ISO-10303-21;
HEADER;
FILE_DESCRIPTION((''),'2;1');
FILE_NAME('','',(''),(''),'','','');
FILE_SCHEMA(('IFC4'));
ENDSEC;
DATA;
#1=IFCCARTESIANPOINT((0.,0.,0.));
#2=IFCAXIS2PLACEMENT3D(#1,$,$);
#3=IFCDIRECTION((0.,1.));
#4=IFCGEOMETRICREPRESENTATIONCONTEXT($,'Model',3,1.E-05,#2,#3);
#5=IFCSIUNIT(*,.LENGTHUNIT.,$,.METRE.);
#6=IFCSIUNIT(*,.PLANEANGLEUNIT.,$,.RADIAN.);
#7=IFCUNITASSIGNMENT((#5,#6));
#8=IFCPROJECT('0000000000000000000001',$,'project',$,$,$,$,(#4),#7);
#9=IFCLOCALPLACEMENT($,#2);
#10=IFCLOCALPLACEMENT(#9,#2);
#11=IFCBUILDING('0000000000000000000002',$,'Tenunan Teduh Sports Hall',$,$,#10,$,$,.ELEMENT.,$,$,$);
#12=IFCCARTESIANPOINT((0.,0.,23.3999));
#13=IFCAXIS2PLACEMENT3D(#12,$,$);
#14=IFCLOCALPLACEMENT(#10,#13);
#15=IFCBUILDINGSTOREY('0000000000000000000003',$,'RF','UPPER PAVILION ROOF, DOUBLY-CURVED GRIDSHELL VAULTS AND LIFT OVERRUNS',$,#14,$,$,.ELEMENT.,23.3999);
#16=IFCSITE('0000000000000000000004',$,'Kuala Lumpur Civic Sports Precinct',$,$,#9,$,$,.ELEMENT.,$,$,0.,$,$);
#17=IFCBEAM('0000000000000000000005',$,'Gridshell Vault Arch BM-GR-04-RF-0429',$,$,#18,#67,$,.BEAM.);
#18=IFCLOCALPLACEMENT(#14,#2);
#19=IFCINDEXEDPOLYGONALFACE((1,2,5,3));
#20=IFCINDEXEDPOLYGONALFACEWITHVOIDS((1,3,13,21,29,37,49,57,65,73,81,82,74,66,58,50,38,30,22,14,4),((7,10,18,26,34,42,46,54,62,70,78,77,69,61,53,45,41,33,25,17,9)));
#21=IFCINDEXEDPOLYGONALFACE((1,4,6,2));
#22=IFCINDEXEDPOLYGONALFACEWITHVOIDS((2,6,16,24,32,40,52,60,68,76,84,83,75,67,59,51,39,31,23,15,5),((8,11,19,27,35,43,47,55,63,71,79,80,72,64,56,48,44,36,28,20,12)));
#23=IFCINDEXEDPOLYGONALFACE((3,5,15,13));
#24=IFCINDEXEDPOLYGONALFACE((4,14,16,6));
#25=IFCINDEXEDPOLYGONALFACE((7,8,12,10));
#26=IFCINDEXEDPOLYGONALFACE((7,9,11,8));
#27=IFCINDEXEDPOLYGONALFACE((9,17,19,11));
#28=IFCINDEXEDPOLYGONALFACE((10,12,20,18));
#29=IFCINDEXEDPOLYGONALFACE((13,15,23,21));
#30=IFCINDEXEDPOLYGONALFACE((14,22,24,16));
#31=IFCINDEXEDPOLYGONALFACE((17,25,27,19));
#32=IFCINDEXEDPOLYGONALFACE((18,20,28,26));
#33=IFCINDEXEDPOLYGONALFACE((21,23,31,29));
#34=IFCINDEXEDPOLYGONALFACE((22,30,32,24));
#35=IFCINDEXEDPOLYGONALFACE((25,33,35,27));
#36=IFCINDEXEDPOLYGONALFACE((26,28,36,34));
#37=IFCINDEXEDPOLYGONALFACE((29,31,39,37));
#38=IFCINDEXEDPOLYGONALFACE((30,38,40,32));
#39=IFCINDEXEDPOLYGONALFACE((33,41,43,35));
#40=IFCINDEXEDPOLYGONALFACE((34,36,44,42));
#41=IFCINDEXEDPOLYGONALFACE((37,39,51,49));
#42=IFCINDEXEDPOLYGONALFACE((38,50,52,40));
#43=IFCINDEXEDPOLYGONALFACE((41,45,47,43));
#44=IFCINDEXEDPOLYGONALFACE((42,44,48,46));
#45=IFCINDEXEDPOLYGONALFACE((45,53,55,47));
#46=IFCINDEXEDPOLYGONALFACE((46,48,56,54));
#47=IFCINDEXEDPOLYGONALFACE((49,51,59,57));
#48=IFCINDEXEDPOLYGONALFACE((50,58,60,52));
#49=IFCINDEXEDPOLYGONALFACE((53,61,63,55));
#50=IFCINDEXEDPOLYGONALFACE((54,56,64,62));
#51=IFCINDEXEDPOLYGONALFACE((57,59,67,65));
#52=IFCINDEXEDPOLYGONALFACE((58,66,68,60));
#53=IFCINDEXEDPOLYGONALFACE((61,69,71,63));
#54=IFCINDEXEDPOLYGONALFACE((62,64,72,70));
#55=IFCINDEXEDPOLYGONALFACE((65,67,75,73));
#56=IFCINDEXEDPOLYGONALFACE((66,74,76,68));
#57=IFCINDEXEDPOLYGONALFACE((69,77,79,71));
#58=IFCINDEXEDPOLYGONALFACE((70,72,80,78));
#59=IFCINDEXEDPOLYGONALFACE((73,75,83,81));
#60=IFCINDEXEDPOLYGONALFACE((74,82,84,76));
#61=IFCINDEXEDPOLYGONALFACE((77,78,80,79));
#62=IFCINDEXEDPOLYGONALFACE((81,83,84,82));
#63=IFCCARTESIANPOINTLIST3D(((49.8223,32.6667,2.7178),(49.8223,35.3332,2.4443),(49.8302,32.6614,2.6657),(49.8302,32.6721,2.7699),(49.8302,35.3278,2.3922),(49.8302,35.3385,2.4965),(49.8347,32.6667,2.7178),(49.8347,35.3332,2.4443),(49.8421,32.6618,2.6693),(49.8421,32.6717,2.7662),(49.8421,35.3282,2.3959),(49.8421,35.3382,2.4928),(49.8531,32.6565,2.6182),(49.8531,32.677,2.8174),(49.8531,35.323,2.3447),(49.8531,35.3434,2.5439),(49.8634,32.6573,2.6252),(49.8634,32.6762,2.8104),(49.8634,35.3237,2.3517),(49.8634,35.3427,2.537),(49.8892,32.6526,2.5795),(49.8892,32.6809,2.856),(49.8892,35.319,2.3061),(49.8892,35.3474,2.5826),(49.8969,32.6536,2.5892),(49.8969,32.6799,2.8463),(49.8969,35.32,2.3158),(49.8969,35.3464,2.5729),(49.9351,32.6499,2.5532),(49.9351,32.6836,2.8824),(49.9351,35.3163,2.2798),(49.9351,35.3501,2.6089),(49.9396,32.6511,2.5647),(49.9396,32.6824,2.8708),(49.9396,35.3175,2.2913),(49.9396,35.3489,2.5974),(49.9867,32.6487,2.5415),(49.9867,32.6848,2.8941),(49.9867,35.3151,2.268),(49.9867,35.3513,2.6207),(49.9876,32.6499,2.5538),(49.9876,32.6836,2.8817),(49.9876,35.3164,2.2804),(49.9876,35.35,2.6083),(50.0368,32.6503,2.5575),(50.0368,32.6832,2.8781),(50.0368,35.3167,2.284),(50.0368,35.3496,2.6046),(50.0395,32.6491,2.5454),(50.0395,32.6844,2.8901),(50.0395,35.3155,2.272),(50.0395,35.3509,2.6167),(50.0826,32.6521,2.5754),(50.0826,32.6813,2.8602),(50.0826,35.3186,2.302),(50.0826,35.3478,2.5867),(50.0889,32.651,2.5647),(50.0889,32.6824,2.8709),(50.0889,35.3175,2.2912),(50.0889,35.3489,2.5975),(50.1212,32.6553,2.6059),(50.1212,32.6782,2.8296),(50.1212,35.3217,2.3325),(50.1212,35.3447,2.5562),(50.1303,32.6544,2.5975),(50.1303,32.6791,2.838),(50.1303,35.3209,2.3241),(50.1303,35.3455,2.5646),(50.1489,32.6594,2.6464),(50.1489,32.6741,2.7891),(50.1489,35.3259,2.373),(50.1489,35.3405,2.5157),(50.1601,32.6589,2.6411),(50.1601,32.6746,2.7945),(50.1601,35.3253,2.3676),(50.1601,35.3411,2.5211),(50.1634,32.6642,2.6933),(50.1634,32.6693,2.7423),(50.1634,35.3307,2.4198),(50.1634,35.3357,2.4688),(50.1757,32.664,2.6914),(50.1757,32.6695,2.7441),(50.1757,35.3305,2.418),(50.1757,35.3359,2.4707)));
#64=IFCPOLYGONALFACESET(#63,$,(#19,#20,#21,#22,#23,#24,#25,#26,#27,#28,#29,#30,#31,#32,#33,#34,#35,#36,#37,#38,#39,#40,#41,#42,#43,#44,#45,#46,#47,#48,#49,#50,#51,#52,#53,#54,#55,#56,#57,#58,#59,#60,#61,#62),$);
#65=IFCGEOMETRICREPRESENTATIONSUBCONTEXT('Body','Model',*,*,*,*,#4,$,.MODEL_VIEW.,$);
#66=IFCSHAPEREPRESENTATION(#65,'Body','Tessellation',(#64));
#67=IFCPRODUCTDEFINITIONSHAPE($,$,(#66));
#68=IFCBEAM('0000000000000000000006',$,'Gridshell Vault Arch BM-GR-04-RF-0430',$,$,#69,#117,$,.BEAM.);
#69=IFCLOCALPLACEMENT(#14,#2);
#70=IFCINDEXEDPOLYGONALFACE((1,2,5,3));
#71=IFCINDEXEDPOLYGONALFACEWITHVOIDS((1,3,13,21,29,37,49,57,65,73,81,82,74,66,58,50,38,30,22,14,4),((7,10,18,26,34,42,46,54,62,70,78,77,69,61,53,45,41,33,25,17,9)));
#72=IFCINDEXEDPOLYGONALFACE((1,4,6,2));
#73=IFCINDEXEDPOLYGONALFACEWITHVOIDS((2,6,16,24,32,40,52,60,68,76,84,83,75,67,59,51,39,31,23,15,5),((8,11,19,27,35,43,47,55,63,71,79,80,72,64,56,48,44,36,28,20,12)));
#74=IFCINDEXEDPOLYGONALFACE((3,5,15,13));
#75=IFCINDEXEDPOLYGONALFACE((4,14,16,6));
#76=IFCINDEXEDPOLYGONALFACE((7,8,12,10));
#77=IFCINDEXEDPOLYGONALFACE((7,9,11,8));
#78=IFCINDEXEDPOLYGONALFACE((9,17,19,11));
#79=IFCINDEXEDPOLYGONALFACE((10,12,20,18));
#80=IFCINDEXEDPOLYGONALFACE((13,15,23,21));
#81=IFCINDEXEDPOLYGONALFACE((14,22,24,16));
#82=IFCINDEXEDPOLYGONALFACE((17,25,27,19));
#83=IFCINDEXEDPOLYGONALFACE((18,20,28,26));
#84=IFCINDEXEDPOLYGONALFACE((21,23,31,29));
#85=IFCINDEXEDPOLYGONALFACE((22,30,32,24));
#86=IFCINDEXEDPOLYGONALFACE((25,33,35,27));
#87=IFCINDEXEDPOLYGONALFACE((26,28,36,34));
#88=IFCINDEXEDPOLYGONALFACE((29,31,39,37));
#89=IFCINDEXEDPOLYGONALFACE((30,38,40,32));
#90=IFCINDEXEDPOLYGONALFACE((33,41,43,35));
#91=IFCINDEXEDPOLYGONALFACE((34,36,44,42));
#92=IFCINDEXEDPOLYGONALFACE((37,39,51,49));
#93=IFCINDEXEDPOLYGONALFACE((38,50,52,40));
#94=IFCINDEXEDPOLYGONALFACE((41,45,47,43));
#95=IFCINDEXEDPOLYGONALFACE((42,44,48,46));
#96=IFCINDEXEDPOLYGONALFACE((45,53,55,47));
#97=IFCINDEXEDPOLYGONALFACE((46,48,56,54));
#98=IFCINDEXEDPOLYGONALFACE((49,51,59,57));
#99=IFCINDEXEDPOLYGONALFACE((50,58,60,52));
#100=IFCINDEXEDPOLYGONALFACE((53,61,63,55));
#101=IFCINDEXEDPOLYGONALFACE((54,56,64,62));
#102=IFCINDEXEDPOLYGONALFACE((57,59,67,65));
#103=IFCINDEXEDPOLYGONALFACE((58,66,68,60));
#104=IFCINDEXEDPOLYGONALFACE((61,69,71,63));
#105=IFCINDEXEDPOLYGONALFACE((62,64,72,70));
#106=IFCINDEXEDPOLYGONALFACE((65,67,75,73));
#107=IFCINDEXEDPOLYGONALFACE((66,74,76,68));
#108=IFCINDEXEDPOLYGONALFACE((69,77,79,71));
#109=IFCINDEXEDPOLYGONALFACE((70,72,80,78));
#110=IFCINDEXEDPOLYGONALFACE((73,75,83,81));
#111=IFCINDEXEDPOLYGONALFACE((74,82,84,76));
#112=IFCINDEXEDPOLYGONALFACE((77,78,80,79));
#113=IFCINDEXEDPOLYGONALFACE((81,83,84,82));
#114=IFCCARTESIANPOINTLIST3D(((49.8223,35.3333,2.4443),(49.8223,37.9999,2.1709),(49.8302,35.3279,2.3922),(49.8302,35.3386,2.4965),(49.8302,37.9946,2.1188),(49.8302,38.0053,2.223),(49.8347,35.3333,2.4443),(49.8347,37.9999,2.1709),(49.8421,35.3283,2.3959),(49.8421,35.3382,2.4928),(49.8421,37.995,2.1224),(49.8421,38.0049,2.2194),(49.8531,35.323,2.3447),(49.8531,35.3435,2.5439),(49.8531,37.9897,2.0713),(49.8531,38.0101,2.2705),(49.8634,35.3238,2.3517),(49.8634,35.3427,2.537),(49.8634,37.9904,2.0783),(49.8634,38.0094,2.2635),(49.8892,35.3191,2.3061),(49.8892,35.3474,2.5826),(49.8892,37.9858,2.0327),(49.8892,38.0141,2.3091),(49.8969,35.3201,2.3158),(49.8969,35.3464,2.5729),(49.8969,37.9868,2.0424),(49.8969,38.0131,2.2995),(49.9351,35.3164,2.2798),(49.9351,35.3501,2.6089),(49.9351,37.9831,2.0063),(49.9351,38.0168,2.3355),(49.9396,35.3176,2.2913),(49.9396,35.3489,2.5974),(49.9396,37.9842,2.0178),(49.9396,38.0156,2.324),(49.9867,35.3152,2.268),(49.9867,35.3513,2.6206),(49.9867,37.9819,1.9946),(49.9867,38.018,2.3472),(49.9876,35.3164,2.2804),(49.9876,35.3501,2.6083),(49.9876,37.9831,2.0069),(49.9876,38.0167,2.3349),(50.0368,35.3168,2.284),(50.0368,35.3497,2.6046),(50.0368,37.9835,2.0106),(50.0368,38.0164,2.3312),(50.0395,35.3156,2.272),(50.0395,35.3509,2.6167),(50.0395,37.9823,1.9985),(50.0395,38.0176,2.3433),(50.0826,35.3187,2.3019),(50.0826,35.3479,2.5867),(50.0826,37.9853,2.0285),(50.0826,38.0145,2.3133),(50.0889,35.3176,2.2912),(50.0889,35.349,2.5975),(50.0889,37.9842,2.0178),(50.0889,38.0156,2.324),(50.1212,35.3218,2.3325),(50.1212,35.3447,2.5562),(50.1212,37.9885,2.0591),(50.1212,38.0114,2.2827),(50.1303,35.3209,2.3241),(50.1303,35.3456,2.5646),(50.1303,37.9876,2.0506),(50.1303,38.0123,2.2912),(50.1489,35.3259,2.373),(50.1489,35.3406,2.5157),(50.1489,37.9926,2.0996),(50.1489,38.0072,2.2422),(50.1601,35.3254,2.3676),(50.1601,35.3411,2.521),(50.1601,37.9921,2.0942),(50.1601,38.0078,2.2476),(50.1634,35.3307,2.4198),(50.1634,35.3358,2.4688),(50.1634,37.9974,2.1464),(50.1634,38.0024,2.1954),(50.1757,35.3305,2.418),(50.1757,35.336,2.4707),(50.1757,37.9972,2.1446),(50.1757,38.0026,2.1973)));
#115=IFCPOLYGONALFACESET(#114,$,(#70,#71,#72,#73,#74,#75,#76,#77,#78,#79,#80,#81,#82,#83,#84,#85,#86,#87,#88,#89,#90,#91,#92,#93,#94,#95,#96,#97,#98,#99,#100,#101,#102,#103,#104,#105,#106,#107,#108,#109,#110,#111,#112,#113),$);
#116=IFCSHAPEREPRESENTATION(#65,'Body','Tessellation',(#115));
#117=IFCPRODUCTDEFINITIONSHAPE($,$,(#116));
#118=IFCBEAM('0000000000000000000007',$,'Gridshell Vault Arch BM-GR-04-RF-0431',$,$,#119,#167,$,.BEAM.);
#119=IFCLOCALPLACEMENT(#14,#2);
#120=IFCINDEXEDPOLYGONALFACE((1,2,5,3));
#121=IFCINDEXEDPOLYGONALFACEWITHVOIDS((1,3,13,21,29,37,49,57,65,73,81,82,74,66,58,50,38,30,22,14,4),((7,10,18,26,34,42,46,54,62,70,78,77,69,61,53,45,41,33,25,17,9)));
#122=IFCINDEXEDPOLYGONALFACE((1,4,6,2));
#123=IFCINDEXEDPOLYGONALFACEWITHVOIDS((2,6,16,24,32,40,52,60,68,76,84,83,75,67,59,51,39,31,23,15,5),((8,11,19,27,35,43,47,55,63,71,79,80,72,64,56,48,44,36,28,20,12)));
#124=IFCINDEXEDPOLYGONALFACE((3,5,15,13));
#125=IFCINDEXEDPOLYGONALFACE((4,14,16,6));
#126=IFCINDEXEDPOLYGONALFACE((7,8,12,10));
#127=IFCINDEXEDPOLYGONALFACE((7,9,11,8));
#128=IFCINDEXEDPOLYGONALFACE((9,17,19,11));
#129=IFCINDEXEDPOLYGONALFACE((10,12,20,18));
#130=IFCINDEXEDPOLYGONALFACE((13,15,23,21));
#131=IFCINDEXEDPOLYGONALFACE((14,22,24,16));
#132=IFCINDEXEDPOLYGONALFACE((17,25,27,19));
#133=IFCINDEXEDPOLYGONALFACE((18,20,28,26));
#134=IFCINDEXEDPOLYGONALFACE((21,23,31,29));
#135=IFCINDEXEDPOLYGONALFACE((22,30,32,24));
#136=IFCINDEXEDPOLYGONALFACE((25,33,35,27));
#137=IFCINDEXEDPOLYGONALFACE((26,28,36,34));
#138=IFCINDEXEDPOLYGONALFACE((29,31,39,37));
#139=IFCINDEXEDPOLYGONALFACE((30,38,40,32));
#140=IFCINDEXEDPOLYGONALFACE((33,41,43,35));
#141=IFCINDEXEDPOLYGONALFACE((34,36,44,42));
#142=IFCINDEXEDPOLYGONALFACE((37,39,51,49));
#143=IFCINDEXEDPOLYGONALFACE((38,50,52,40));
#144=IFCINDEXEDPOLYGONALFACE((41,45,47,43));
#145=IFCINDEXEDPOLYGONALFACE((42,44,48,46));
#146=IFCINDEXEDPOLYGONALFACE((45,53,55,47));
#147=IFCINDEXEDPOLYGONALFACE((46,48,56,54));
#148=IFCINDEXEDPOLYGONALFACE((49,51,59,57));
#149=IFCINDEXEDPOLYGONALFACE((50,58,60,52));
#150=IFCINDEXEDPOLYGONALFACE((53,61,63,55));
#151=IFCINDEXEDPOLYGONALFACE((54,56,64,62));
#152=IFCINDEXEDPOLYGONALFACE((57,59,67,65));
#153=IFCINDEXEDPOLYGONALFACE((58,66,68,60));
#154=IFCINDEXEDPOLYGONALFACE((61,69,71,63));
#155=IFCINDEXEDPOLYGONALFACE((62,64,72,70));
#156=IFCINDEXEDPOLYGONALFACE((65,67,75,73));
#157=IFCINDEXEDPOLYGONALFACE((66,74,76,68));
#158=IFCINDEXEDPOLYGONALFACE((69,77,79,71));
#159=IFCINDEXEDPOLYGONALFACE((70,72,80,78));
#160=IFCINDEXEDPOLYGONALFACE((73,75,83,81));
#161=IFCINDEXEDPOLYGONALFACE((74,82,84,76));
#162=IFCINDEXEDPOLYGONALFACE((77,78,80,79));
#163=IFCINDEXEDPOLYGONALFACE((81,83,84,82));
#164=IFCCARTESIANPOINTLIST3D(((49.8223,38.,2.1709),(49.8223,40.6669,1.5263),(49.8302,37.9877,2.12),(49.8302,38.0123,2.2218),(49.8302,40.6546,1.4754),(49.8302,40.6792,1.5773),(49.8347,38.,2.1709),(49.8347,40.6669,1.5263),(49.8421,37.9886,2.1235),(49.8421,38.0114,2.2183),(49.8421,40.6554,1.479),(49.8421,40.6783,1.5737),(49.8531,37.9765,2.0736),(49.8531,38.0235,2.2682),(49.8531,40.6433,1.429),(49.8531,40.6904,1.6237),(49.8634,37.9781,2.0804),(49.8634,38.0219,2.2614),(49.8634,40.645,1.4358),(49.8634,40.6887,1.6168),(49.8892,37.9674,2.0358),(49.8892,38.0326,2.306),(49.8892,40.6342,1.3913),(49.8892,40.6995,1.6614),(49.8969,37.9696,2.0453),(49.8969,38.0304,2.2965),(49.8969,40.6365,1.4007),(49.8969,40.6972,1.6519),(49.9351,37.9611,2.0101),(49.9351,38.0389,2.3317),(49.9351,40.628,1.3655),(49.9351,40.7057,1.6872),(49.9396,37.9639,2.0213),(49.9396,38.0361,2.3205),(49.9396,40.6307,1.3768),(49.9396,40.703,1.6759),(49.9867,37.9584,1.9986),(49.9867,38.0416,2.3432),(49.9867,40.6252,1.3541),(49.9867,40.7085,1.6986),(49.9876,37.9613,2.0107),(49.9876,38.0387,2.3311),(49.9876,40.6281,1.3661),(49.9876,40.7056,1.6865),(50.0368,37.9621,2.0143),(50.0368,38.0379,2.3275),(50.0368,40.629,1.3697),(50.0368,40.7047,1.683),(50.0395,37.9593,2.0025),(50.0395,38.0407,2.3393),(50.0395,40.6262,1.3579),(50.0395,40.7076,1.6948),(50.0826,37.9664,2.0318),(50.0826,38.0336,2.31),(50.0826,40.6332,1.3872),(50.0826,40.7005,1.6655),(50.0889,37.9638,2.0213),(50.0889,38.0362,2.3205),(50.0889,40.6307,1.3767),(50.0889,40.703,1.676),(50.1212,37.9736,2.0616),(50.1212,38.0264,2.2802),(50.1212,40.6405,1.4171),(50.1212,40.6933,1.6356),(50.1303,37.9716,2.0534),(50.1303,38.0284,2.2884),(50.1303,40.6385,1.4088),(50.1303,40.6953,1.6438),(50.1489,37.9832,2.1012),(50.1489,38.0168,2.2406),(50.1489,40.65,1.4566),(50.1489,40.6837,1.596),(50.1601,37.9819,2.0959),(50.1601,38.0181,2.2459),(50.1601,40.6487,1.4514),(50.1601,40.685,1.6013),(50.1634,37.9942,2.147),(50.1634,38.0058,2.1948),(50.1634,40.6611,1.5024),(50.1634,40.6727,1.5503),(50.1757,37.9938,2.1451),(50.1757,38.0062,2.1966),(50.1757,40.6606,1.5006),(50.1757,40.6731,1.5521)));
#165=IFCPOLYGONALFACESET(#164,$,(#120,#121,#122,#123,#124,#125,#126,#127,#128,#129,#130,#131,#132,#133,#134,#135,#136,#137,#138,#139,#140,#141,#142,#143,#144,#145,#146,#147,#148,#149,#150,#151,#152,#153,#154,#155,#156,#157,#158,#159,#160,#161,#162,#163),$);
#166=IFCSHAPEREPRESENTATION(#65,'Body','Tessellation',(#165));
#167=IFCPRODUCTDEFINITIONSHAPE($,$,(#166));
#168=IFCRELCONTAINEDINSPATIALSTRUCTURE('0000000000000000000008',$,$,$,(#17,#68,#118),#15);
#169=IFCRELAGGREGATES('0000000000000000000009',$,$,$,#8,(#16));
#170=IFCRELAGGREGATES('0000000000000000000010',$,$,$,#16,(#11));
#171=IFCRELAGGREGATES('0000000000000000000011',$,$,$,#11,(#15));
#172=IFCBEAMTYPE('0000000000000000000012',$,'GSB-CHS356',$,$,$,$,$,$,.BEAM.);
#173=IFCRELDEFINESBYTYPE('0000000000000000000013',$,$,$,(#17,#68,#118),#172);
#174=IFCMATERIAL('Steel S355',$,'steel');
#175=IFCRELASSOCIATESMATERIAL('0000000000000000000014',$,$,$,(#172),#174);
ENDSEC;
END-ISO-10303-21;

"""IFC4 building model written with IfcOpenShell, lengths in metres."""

from ifc_helpers import new_model, si_unit, direction, frame, origin, origin_2d, place, context, subcontext, project, spatial, hollow_circle, extrude, material, material_profile, profile_set, type_object, element, save


model = new_model("IFC4")

# Units and contexts
model_context = context("Model", 3, precision=1e-05, world=origin(), true_north=direction((0.0, 1.0)))
body_context = subcontext(model_context, "Body", "Model", "MODEL_VIEW")
ifc_project = project(units=[si_unit("LENGTHUNIT", "METRE"), si_unit("PLANEANGLEUNIT", "RADIAN")], contexts=[model_context])

# Site, building, storey
site_placement = place(None, origin())
site = spatial("IfcSite", under=ifc_project, at=site_placement, Name="Kuala Lumpur Civic Sports Precinct", CompositionType="ELEMENT", RefElevation=0.0)
building_placement = place(site_placement, origin())
building = spatial("IfcBuilding", under=site, at=building_placement, Name="Tenunan Teduh Sports Hall", CompositionType="ELEMENT")
storey_placement = place(building_placement, frame((0.0, 0.0, 23.3999)))
storey = spatial("IfcBuildingStorey", under=building, at=storey_placement, Name="RF", Description="UPPER PAVILION ROOF, DOUBLY-CURVED GRIDSHELL VAULTS AND LIFT OVERRUNS", CompositionType="ELEMENT", Elevation=23.3999)

# Beams
ifc_material_1 = material(Name="Steel S355", Category="steel")
ifc_material_profile_1 = material_profile(ifc_material_1, hollow_circle(Radius=0.1777, WallThickness=0.0125, at=origin_2d()), Name="CHS 355.6x12.5")
ifc_profile_set_1 = profile_set([ifc_material_profile_1], Name="Steel S355")
beam_type_1 = type_object("IfcBeamType", Name="GSB-CHS356", PredefinedType="BEAM", material=ifc_profile_set_1)
beam_1_placement = place(storey_placement, frame((50.0, 32.6667, 2.7178), z_axis=(0.0, 0.994783, -0.10201), x_axis=(-1.0, 0.0, 0.0)))
element("IfcBeam", 1, at=beam_1_placement, inside=storey, type_object=beam_type_1, Name="Gridshell Vault Arch BM-GR-04-RF-0429", PredefinedType="BEAM", context=body_context, shape_type="SweptSolid", body=[
    extrude(hollow_circle(Radius=0.1777, WallThickness=0.0125, at=origin_2d()), origin(), (0.0, 0.0, 1.0), 2.6804),
])
beam_2_placement = place(storey_placement, frame((50.0, 35.3333, 2.4443), z_axis=(0.0, 0.994784, -0.102001), x_axis=(-1.0, 0.0, 0.0)))
element("IfcBeam", 2, at=beam_2_placement, inside=storey, type_object=beam_type_1, Name="Gridshell Vault Arch BM-GR-04-RF-0430", PredefinedType="BEAM", context=body_context, shape_type="SweptSolid", body=[
    extrude(hollow_circle(Radius=0.1777, WallThickness=0.0125, at=origin_2d()), origin(), (0.0, 0.0, 1.0), 2.6807),
])
beam_3_placement = place(storey_placement, frame((50.0, 38.0, 2.1709), z_axis=(0.0, 0.972013, -0.234928), x_axis=(-1.0, 0.0, 0.0)))
element("IfcBeam", 3, at=beam_3_placement, inside=storey, type_object=beam_type_1, Name="Gridshell Vault Arch BM-GR-04-RF-0431", PredefinedType="BEAM", context=body_context, shape_type="SweptSolid", body=[
    extrude(hollow_circle(Radius=0.1777, WallThickness=0.0125, at=origin_2d()), origin(), (0.0, 0.0, 1.0), 2.7437),
])

save(model, "model.ifc")
